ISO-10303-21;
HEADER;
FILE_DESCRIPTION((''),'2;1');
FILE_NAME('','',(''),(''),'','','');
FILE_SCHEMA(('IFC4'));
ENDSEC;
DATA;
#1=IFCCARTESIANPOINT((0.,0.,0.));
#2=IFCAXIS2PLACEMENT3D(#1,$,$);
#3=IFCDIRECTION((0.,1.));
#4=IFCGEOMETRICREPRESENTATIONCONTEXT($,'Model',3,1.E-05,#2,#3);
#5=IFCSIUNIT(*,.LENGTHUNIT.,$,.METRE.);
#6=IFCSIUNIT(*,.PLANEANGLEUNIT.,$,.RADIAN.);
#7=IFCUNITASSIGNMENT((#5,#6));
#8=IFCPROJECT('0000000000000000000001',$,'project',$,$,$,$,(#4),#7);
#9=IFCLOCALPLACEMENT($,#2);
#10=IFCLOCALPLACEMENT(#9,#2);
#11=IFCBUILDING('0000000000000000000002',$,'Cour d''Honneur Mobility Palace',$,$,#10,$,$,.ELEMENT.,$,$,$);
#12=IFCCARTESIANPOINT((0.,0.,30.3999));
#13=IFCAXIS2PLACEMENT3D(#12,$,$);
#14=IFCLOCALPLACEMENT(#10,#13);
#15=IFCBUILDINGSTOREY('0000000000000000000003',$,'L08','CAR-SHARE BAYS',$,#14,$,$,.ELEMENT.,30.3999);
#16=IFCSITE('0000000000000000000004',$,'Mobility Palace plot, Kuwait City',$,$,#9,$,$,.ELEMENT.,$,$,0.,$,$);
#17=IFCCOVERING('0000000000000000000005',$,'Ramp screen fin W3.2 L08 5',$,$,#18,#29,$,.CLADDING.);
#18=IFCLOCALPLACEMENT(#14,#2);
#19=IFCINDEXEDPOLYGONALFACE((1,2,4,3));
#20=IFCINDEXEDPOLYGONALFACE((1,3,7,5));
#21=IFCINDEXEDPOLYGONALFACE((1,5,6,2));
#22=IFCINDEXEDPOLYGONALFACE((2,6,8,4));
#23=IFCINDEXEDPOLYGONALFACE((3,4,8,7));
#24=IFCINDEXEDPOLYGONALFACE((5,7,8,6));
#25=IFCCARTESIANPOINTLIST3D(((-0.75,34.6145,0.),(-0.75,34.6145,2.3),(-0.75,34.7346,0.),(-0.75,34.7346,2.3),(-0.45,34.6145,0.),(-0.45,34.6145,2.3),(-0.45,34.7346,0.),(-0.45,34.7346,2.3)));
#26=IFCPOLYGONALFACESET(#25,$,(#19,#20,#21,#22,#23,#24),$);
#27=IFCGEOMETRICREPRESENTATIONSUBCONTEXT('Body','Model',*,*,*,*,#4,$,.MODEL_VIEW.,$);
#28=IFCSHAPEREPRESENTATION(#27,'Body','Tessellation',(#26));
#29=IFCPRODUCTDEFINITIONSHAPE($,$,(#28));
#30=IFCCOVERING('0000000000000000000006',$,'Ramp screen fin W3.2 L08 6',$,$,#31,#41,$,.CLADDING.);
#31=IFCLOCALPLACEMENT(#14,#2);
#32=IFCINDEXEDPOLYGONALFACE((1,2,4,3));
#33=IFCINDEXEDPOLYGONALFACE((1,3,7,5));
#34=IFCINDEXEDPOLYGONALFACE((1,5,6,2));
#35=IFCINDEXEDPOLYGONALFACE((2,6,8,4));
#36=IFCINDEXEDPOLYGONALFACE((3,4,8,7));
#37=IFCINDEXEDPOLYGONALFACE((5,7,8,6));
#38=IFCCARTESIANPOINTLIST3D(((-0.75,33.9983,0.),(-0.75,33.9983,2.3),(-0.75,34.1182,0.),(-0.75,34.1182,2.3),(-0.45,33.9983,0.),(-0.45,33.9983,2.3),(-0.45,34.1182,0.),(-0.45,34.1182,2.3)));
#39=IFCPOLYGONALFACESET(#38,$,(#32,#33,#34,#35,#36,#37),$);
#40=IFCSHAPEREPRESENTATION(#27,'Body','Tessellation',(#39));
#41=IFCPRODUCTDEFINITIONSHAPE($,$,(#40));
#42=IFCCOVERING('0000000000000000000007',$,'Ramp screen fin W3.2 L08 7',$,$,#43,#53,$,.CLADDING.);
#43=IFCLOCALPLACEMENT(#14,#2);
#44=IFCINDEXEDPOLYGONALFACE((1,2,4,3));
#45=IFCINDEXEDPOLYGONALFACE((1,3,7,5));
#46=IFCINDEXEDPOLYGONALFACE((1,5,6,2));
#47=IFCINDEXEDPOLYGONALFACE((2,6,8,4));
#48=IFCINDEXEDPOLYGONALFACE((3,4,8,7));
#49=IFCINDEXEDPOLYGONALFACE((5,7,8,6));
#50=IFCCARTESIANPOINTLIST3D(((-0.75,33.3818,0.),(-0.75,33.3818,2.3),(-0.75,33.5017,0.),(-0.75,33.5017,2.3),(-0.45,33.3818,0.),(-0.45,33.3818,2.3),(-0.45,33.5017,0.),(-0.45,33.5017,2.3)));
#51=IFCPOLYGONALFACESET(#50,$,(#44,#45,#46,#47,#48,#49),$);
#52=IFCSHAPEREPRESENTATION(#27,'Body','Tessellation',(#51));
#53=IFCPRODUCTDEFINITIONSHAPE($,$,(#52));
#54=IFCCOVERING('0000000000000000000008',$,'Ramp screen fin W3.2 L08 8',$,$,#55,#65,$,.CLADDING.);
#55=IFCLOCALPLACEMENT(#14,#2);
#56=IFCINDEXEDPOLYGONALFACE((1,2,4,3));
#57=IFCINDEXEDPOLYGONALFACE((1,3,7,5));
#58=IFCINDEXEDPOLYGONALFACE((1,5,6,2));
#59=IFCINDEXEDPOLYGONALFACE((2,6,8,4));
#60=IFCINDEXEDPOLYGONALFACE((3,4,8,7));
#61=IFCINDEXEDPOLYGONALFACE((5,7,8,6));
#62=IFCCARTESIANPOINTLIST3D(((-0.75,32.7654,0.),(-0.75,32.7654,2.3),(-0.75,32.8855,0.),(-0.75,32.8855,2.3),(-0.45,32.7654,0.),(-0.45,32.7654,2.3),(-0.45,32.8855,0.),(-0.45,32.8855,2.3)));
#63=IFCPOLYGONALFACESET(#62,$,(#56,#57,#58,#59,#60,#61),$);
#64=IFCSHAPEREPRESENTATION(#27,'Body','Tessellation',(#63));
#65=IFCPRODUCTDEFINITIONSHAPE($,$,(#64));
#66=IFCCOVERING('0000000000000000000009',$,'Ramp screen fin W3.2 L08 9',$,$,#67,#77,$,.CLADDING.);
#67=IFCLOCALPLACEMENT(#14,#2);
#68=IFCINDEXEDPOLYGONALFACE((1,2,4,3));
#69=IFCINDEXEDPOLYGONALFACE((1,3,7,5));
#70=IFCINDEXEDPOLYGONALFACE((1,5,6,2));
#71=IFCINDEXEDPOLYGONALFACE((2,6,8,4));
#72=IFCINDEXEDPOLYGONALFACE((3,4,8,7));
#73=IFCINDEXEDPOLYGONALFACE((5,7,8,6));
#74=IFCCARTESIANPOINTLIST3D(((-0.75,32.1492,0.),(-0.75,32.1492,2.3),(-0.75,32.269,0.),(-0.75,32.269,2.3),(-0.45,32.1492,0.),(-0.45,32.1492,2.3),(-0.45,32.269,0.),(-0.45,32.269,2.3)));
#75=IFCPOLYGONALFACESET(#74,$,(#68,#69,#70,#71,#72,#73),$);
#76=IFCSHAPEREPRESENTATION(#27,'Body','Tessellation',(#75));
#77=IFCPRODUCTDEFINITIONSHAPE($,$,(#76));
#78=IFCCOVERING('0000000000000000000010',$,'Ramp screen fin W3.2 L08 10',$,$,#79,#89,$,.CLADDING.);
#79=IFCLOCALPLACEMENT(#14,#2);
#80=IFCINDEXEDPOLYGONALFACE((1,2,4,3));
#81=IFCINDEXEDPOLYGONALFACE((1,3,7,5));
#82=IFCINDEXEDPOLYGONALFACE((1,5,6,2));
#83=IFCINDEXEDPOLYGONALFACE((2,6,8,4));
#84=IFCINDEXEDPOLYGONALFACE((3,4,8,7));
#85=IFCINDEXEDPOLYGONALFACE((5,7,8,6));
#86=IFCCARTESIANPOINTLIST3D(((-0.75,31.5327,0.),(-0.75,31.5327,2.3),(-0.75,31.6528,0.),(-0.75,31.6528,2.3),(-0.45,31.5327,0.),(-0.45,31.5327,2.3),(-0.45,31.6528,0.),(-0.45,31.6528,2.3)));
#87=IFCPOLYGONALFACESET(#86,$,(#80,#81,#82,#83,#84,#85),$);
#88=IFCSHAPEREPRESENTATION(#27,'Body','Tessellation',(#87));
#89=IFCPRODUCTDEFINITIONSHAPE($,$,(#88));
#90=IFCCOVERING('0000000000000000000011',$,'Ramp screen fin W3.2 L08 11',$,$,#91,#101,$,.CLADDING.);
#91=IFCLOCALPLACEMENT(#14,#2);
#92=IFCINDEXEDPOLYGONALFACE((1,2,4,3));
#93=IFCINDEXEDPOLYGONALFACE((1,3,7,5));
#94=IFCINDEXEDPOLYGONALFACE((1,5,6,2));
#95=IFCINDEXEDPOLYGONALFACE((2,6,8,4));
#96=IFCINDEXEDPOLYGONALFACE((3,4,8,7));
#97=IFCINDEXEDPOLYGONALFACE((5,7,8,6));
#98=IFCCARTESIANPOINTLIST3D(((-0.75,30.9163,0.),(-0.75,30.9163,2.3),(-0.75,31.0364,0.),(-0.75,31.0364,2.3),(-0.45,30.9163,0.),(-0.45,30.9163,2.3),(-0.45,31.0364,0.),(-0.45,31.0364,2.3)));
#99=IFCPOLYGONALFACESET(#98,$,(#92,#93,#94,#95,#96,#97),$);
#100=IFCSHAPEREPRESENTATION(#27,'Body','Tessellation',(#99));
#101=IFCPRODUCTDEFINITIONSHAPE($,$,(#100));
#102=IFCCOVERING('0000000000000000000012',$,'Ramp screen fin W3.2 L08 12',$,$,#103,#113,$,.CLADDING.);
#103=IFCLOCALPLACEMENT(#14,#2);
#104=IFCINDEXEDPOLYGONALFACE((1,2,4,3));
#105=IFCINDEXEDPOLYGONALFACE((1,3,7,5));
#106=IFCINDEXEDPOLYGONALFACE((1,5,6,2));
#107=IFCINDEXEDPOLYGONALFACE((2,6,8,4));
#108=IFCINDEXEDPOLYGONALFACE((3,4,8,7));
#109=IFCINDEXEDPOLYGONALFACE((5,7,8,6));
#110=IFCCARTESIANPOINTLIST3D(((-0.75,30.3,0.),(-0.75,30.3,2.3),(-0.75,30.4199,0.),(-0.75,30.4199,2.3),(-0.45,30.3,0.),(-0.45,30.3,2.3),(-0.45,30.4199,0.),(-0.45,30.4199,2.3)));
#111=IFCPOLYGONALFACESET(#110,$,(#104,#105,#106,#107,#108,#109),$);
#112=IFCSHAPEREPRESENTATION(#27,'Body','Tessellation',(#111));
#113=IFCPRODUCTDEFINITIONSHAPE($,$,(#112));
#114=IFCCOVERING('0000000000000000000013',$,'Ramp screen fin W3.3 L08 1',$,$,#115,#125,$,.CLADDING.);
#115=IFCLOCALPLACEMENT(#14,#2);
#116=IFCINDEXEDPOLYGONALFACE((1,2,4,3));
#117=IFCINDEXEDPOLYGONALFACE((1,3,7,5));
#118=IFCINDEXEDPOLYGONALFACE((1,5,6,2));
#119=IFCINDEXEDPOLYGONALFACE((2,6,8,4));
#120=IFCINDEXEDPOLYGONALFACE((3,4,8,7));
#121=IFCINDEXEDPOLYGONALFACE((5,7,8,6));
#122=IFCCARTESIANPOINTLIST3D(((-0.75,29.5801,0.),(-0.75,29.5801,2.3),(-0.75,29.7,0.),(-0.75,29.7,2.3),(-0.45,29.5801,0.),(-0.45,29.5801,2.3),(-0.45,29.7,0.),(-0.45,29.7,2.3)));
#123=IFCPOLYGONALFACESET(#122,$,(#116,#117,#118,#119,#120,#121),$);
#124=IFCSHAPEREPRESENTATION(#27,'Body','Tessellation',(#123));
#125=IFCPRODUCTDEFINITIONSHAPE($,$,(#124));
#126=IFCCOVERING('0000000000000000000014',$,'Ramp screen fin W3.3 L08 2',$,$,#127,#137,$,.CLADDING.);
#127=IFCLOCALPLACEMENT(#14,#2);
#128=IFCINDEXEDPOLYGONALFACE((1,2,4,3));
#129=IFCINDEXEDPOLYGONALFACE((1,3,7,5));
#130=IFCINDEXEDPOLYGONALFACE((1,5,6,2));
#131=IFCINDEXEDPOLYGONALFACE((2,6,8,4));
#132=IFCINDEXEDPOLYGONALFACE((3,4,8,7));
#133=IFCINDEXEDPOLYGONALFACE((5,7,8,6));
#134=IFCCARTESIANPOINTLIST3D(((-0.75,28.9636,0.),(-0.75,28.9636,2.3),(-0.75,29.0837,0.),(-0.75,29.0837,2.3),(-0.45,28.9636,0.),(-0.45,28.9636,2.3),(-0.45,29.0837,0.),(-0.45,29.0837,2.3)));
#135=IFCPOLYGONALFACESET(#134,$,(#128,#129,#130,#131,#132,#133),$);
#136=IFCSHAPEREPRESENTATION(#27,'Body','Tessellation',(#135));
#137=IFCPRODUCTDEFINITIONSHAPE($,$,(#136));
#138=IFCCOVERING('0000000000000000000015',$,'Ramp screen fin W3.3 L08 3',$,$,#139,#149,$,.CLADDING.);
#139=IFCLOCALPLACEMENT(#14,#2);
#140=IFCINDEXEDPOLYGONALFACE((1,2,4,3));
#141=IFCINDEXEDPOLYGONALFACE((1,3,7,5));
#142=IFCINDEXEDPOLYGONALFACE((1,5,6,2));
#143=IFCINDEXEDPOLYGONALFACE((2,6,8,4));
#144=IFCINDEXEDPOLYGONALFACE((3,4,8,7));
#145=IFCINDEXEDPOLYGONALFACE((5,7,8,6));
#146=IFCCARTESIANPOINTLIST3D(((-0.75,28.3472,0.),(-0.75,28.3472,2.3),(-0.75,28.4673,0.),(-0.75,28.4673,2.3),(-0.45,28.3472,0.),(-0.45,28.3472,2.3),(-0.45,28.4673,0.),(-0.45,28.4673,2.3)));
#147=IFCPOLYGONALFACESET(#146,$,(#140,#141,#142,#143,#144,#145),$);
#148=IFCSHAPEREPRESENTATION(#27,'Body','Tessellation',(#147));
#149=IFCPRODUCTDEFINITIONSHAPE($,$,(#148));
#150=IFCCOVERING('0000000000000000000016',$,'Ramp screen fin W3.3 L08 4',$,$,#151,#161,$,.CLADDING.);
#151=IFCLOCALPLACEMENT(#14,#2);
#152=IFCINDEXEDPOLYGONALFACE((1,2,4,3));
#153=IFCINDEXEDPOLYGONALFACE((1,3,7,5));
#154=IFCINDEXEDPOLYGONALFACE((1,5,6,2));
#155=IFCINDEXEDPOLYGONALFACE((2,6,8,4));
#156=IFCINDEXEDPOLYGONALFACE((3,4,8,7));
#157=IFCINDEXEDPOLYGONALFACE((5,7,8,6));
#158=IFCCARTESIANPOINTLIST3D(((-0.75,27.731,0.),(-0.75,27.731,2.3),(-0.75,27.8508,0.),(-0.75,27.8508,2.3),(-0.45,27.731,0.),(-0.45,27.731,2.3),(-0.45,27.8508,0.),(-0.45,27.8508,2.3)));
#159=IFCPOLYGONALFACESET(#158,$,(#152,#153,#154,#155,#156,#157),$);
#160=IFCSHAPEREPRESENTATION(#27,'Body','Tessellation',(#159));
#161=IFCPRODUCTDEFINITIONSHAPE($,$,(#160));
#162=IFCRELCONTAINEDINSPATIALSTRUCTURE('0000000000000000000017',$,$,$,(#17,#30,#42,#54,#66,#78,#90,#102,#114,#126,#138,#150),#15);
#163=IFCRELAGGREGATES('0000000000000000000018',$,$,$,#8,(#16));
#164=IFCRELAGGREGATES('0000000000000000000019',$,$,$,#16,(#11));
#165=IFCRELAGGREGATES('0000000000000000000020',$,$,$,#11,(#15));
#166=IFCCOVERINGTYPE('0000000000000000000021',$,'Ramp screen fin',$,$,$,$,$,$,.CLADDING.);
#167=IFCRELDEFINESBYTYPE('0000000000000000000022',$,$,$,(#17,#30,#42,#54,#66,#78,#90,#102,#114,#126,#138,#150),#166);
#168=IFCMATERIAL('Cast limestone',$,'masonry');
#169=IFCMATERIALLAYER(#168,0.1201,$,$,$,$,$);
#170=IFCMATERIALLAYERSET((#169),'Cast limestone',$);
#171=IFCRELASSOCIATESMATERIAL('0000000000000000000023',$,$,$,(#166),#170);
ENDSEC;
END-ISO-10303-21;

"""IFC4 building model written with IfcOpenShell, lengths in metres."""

from ifc_helpers import new_model, si_unit, direction, frame, origin, place, context, subcontext, project, spatial, polyline, outline, extrude, material, layer, layer_set, type_object, element, save


model = new_model("IFC4")

# Units and contexts
model_context = context("Model", 3, precision=1e-05, world=origin(), true_north=direction((0.0, 1.0)))
body_context = subcontext(model_context, "Body", "Model", "MODEL_VIEW")
ifc_project = project(units=[si_unit("LENGTHUNIT", "METRE"), si_unit("PLANEANGLEUNIT", "RADIAN")], contexts=[model_context])

# Site, building, storey
site_placement = place(None, origin())
site = spatial("IfcSite", under=ifc_project, at=site_placement, Name="Mobility Palace plot, Kuwait City", CompositionType="ELEMENT", RefElevation=0.0)
building_placement = place(site_placement, origin())
building = spatial("IfcBuilding", under=site, at=building_placement, Name="Cour d'Honneur Mobility Palace", CompositionType="ELEMENT")
storey_placement = place(building_placement, frame((0.0, 0.0, 30.3999)))
storey = spatial("IfcBuildingStorey", under=building, at=storey_placement, Name="L08", Description="CAR-SHARE BAYS", CompositionType="ELEMENT", Elevation=30.3999)

# Coverings
ifc_material = material(Name="Cast limestone", Category="masonry")
ifc_layer = layer(ifc_material, 0.1201)
ifc_layer_set = layer_set([ifc_layer], Name="Cast limestone")
covering_type = type_object("IfcCoveringType", Name="Ramp screen fin", PredefinedType="CLADDING", material=ifc_layer_set)
covering_1_placement = place(storey_placement, origin())
element("IfcCovering", 1, at=covering_1_placement, inside=storey, type_object=covering_type, Name="Ramp screen fin W3.2 L08 5", PredefinedType="CLADDING", context=body_context, shape_type="SweptSolid", body=[
    extrude(outline(polyline([(-0.45, 34.7346), (-0.45, 34.6145), (-0.75, 34.6145), (-0.75, 34.7346), (-0.45, 34.7346)])), origin(), (0.0, 0.0, 1.0), 2.3),
])
covering_2_placement = place(storey_placement, origin())
element("IfcCovering", 2, at=covering_2_placement, inside=storey, type_object=covering_type, Name="Ramp screen fin W3.2 L08 6", PredefinedType="CLADDING", context=body_context, shape_type="SweptSolid", body=[
    extrude(outline(polyline([(-0.45, 34.1182), (-0.45, 33.9983), (-0.75, 33.9983), (-0.75, 34.1182), (-0.45, 34.1182)])), origin(), (0.0, 0.0, 1.0), 2.3),
])
covering_3_placement = place(storey_placement, origin())
element("IfcCovering", 3, at=covering_3_placement, inside=storey, type_object=covering_type, Name="Ramp screen fin W3.2 L08 7", PredefinedType="CLADDING", context=body_context, shape_type="SweptSolid", body=[
    extrude(outline(polyline([(-0.45, 33.5017), (-0.45, 33.3818), (-0.75, 33.3818), (-0.75, 33.5017), (-0.45, 33.5017)])), origin(), (0.0, 0.0, 1.0), 2.3),
])
covering_4_placement = place(storey_placement, origin())
element("IfcCovering", 4, at=covering_4_placement, inside=storey, type_object=covering_type, Name="Ramp screen fin W3.2 L08 8", PredefinedType="CLADDING", context=body_context, shape_type="SweptSolid", body=[
    extrude(outline(polyline([(-0.45, 32.8855), (-0.45, 32.7654), (-0.75, 32.7654), (-0.75, 32.8855), (-0.45, 32.8855)])), origin(), (0.0, 0.0, 1.0), 2.3),
])
covering_5_placement = place(storey_placement, origin())
element("IfcCovering", 5, at=covering_5_placement, inside=storey, type_object=covering_type, Name="Ramp screen fin W3.2 L08 9", PredefinedType="CLADDING", context=body_context, shape_type="SweptSolid", body=[
    extrude(outline(polyline([(-0.45, 32.269), (-0.45, 32.1492), (-0.75, 32.1492), (-0.75, 32.269), (-0.45, 32.269)])), origin(), (0.0, 0.0, 1.0), 2.3),
])
covering_6_placement = place(storey_placement, origin())
element("IfcCovering", 6, at=covering_6_placement, inside=storey, type_object=covering_type, Name="Ramp screen fin W3.2 L08 10", PredefinedType="CLADDING", context=body_context, shape_type="SweptSolid", body=[
    extrude(outline(polyline([(-0.45, 31.6528), (-0.45, 31.5327), (-0.75, 31.5327), (-0.75, 31.6528), (-0.45, 31.6528)])), origin(), (0.0, 0.0, 1.0), 2.3),
])
covering_7_placement = place(storey_placement, origin())
element("IfcCovering", 7, at=covering_7_placement, inside=storey, type_object=covering_type, Name="Ramp screen fin W3.2 L08 11", PredefinedType="CLADDING", context=body_context, shape_type="SweptSolid", body=[
    extrude(outline(polyline([(-0.45, 31.0364), (-0.45, 30.9163), (-0.75, 30.9163), (-0.75, 31.0364), (-0.45, 31.0364)])), origin(), (0.0, 0.0, 1.0), 2.3),
])
covering_8_placement = place(storey_placement, origin())
element("IfcCovering", 8, at=covering_8_placement, inside=storey, type_object=covering_type, Name="Ramp screen fin W3.2 L08 12", PredefinedType="CLADDING", context=body_context, shape_type="SweptSolid", body=[
    extrude(outline(polyline([(-0.45, 30.4199), (-0.45, 30.3), (-0.75, 30.3), (-0.75, 30.4199), (-0.45, 30.4199)])), origin(), (0.0, 0.0, 1.0), 2.3),
])
covering_9_placement = place(storey_placement, origin())
element("IfcCovering", 9, at=covering_9_placement, inside=storey, type_object=covering_type, Name="Ramp screen fin W3.3 L08 1", PredefinedType="CLADDING", context=body_context, shape_type="SweptSolid", body=[
    extrude(outline(polyline([(-0.45, 29.7), (-0.45, 29.5801), (-0.75, 29.5801), (-0.75, 29.7), (-0.45, 29.7)])), origin(), (0.0, 0.0, 1.0), 2.3),
])
covering_10_placement = place(storey_placement, origin())
element("IfcCovering", 10, at=covering_10_placement, inside=storey, type_object=covering_type, Name="Ramp screen fin W3.3 L08 2", PredefinedType="CLADDING", context=body_context, shape_type="SweptSolid", body=[
    extrude(outline(polyline([(-0.45, 29.0837), (-0.45, 28.9636), (-0.75, 28.9636), (-0.75, 29.0837), (-0.45, 29.0837)])), origin(), (0.0, 0.0, 1.0), 2.3),
])
covering_11_placement = place(storey_placement, origin())
element("IfcCovering", 11, at=covering_11_placement, inside=storey, type_object=covering_type, Name="Ramp screen fin W3.3 L08 3", PredefinedType="CLADDING", context=body_context, shape_type="SweptSolid", body=[
    extrude(outline(polyline([(-0.45, 28.4673), (-0.45, 28.3472), (-0.75, 28.3472), (-0.75, 28.4673), (-0.45, 28.4673)])), origin(), (0.0, 0.0, 1.0), 2.3),
])
covering_12_placement = place(storey_placement, origin())
element("IfcCovering", 12, at=covering_12_placement, inside=storey, type_object=covering_type, Name="Ramp screen fin W3.3 L08 4", PredefinedType="CLADDING", context=body_context, shape_type="SweptSolid", body=[
    extrude(outline(polyline([(-0.45, 27.8508), (-0.45, 27.731), (-0.75, 27.731), (-0.75, 27.8508), (-0.45, 27.8508)])), origin(), (0.0, 0.0, 1.0), 2.3),
])

save(model, "model.ifc")
